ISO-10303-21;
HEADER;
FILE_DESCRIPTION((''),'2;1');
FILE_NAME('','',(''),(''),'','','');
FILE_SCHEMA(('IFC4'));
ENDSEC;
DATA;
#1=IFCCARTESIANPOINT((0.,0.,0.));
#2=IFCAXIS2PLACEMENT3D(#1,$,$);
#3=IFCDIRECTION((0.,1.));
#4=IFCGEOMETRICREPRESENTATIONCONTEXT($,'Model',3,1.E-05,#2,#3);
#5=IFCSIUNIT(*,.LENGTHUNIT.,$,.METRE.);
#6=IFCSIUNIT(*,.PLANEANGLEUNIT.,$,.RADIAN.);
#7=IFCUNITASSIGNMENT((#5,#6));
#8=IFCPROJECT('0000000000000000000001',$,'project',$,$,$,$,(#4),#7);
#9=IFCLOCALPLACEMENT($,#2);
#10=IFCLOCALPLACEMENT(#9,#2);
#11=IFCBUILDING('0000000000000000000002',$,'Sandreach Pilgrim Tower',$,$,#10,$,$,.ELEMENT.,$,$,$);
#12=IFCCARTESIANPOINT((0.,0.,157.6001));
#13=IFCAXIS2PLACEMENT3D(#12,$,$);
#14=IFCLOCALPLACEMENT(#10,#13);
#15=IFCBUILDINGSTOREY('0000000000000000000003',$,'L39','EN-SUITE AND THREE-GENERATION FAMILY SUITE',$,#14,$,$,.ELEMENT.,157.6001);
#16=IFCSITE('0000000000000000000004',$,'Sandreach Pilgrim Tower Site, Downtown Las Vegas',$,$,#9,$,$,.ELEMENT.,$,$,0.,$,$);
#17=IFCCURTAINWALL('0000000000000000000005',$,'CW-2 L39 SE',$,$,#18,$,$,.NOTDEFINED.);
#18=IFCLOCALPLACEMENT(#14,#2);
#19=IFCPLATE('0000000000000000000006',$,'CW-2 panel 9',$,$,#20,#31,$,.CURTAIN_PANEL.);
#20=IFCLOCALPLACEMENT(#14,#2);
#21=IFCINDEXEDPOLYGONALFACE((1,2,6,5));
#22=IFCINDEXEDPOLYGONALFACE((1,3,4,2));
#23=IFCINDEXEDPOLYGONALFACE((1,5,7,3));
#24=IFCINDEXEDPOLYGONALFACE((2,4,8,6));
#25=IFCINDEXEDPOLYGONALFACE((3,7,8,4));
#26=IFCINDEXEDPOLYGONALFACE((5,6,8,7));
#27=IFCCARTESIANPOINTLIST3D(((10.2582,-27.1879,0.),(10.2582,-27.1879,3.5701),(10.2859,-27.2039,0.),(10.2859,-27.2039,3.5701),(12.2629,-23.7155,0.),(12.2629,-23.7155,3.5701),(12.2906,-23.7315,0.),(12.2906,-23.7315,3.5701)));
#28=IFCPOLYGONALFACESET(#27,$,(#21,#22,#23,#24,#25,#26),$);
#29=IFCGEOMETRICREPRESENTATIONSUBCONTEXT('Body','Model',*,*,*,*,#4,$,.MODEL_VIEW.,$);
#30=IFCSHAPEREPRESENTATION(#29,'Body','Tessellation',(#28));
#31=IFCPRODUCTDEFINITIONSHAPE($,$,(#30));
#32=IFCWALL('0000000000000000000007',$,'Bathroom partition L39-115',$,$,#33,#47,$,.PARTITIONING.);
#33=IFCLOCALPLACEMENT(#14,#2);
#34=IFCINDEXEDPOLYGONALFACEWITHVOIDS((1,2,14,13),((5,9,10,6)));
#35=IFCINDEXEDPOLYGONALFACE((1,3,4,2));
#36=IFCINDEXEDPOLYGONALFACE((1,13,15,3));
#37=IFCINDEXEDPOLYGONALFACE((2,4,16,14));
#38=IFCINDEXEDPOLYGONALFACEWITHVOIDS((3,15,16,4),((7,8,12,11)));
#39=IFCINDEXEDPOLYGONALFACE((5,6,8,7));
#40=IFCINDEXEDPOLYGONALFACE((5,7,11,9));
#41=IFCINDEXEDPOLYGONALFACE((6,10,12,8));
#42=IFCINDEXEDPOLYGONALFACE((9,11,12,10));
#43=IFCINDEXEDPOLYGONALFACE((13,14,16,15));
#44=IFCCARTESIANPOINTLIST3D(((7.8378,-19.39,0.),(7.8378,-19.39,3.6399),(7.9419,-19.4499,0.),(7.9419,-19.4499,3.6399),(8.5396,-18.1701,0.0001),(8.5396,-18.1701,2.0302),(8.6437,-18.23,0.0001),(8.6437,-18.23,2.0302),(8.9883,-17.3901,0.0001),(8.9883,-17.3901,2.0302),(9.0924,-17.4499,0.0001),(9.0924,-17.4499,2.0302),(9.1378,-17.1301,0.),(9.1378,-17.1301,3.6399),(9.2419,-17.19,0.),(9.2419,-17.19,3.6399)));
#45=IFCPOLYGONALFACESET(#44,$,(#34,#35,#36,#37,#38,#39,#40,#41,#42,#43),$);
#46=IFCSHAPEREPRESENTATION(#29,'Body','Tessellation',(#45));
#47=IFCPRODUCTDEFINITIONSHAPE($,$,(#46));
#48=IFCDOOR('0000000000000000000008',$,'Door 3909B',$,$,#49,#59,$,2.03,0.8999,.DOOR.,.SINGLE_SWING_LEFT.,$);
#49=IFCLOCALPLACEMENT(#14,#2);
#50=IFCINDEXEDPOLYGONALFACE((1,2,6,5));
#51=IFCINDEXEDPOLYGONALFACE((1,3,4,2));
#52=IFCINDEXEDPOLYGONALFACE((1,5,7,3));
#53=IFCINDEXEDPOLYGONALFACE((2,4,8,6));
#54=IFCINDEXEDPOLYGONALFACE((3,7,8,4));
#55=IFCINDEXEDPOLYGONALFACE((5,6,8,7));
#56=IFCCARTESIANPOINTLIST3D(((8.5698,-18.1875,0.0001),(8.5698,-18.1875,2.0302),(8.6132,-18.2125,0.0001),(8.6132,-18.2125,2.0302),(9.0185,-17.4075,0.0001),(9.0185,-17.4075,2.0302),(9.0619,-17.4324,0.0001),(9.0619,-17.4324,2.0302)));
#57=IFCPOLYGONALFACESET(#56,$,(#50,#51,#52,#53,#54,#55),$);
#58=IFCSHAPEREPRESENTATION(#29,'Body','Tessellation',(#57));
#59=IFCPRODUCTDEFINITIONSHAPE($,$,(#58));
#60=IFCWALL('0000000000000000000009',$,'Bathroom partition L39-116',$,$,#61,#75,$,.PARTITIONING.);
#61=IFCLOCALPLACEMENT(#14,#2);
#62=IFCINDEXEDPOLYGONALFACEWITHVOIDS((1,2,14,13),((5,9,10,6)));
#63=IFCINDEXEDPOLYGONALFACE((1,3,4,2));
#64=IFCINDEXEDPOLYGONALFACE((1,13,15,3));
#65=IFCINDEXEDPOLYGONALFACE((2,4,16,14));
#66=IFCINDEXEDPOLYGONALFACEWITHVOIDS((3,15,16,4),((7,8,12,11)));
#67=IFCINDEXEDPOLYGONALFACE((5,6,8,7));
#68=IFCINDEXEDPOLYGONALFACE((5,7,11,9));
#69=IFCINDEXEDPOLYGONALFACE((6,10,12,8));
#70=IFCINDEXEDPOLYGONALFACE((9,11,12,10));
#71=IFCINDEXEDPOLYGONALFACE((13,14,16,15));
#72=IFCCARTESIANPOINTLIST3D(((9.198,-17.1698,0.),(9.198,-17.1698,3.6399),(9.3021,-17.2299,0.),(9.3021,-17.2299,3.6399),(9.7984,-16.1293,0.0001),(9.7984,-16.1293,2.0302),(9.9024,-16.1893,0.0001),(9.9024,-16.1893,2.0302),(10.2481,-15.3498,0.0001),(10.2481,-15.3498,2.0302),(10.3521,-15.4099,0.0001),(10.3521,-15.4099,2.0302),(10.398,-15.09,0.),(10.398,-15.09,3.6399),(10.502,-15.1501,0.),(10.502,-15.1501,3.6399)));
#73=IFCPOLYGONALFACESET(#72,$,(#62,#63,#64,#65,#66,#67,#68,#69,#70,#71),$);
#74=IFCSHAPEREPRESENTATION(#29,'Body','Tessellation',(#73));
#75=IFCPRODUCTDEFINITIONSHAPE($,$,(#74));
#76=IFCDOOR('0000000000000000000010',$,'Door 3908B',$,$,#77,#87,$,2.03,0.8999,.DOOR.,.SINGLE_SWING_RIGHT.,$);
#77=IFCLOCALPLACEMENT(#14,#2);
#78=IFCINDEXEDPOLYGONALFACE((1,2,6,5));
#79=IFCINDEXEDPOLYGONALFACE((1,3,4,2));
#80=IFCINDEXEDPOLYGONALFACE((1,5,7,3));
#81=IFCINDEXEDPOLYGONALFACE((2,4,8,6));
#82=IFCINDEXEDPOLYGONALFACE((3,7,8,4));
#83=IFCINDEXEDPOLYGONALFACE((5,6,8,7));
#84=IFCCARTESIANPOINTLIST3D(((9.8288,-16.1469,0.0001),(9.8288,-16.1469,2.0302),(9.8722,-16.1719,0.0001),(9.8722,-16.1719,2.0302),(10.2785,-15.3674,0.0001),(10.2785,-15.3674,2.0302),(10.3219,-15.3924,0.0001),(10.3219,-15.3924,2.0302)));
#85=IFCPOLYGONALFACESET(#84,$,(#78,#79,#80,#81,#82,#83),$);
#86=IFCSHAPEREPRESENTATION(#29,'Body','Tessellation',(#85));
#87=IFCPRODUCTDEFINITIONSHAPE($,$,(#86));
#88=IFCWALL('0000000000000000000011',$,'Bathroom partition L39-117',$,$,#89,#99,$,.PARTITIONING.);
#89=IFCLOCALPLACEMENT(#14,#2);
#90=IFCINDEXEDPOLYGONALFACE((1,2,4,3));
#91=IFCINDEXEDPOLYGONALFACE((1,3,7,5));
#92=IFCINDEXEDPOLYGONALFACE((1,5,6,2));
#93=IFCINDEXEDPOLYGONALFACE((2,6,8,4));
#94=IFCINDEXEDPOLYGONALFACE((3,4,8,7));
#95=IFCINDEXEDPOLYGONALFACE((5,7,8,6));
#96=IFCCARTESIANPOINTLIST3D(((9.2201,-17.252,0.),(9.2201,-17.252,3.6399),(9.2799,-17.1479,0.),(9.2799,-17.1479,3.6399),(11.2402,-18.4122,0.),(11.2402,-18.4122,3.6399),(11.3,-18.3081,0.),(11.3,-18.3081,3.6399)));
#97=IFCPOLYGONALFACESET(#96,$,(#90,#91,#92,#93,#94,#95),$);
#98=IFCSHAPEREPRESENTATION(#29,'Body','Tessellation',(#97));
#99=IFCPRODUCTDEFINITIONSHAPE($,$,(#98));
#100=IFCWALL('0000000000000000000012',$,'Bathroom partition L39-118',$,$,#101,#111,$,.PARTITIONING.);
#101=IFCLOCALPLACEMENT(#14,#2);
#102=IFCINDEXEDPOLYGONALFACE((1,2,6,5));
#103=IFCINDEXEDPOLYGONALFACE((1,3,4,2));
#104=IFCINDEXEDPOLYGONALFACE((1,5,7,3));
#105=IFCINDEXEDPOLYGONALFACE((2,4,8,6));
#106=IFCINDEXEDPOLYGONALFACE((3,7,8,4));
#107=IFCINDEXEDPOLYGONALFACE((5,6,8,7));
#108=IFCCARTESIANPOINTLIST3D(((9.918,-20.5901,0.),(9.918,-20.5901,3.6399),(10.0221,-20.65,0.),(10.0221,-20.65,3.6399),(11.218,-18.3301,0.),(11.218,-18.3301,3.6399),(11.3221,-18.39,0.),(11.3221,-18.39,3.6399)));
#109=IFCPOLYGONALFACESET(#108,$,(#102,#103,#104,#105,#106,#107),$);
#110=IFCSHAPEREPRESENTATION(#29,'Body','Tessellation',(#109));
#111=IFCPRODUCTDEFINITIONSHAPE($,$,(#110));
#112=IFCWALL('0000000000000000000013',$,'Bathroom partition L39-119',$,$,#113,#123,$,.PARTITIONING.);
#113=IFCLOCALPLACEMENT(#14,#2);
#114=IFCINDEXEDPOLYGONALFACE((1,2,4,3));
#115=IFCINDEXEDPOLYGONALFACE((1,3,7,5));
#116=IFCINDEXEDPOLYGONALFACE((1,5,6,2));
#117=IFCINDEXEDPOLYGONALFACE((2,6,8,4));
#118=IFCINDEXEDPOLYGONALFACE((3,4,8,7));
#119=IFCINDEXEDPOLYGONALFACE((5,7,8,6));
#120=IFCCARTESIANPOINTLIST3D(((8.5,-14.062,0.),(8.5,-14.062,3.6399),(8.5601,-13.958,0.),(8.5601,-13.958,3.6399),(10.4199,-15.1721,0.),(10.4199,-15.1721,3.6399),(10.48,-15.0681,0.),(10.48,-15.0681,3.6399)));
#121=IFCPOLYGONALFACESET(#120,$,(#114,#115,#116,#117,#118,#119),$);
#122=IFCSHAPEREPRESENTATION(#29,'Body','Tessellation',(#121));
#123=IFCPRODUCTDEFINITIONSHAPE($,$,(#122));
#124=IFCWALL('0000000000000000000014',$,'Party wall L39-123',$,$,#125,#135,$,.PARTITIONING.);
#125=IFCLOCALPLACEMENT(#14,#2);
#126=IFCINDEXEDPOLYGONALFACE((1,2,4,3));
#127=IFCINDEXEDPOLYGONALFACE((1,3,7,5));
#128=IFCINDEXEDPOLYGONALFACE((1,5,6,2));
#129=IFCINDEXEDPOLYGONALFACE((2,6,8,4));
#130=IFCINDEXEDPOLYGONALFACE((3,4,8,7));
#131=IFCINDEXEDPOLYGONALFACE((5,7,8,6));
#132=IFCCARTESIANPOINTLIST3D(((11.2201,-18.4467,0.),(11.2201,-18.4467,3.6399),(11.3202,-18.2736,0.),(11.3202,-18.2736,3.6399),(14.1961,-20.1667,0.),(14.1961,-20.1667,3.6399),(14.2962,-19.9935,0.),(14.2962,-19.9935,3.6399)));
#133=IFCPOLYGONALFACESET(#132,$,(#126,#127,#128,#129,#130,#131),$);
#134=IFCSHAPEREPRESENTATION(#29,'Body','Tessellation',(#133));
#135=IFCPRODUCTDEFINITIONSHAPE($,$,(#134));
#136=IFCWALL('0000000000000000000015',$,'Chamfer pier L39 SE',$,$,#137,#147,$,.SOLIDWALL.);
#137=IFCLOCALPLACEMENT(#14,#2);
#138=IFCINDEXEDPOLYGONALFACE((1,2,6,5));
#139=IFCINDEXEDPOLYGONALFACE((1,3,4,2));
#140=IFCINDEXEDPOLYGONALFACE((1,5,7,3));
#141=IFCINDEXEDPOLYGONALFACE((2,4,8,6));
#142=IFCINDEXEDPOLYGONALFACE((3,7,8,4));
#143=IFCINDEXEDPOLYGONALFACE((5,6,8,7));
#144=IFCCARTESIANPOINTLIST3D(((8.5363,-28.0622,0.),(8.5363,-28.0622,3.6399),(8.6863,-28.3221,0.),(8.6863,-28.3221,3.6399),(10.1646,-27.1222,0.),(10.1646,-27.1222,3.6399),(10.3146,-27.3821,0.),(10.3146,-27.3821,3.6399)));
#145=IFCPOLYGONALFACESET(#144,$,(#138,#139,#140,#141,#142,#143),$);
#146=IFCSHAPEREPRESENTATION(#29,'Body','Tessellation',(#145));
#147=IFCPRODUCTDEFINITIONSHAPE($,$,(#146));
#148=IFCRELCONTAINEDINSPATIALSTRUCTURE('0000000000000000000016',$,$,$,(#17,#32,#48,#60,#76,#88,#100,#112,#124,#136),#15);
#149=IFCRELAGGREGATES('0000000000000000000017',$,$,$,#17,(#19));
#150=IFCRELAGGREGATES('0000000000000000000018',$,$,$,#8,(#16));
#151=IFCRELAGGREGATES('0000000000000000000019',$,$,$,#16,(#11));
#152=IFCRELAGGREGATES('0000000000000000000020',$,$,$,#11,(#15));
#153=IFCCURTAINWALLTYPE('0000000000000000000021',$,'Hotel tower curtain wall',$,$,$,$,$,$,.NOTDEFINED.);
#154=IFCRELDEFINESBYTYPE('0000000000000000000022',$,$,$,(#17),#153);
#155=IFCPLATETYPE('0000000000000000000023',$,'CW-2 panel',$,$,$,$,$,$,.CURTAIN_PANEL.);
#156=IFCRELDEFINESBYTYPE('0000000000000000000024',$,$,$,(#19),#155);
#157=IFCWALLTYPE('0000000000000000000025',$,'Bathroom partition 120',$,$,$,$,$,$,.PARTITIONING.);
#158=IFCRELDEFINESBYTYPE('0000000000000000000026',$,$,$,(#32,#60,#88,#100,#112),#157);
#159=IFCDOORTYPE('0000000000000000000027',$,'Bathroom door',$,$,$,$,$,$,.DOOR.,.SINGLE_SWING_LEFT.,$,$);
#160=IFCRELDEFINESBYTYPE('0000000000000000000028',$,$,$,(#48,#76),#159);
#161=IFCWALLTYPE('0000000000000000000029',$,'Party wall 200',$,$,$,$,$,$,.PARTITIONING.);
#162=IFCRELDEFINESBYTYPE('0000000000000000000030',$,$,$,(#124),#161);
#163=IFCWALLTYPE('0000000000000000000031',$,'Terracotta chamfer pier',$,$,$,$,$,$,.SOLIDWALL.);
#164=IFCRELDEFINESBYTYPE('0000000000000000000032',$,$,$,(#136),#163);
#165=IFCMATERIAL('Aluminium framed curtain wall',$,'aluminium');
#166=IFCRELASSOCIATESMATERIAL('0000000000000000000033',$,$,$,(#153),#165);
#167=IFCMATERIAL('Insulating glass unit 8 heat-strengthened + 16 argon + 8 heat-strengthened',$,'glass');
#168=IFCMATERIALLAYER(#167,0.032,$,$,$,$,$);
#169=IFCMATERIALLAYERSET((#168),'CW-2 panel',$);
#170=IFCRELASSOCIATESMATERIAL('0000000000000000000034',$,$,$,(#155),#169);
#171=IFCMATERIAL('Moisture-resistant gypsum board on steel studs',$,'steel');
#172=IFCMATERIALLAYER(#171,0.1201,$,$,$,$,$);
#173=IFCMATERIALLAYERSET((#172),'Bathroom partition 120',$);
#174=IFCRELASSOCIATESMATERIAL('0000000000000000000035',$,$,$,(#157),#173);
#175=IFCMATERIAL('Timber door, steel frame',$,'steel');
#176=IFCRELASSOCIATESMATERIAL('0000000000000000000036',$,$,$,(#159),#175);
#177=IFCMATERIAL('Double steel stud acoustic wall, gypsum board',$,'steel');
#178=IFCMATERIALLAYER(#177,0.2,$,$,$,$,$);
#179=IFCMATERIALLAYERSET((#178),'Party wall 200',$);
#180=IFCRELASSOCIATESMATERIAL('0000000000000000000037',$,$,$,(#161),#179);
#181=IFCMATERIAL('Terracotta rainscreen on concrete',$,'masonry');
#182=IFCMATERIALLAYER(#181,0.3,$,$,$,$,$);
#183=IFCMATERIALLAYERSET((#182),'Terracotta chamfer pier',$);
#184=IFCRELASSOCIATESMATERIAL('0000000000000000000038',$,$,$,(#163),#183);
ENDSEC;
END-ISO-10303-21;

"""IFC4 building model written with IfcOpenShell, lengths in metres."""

from ifc_helpers import new_model, si_unit, direction, frame, frame_2d, origin, origin_2d, place, context, subcontext, project, spatial, rectangle, extrude, material, layer, layer_set, type_object, element, fill, aggregate, save


model = new_model("IFC4")

# Units and contexts
model_context = context("Model", 3, precision=1e-05, world=origin(), true_north=direction((0.0, 1.0)))
body_context = subcontext(model_context, "Body", "Model", "MODEL_VIEW")
ifc_project = project(units=[si_unit("LENGTHUNIT", "METRE"), si_unit("PLANEANGLEUNIT", "RADIAN")], contexts=[model_context])

# Site, building, storey
site_placement = place(None, origin())
site = spatial("IfcSite", under=ifc_project, at=site_placement, Name="Sandreach Pilgrim Tower Site, Downtown Las Vegas", CompositionType="ELEMENT", RefElevation=0.0)
building_placement = place(site_placement, origin())
building = spatial("IfcBuilding", under=site, at=building_placement, Name="Sandreach Pilgrim Tower", CompositionType="ELEMENT")
storey_placement = place(building_placement, frame((0.0, 0.0, 157.6001)))
storey = spatial("IfcBuildingStorey", under=building, at=storey_placement, Name="L39", Description="EN-SUITE AND THREE-GENERATION FAMILY SUITE", CompositionType="ELEMENT", Elevation=157.6001)

# Curtain wall
ifc_material_1 = material(Name="Aluminium framed curtain wall", Category="aluminium")
curtain_wall_type = type_object("IfcCurtainWallType", Name="Hotel tower curtain wall", PredefinedType="NOTDEFINED", material=ifc_material_1)
curtain_wall_1_placement = place(storey_placement, origin())
curtain_wall_1 = element("IfcCurtainWall", 1, at=curtain_wall_1_placement, inside=storey, type_object=curtain_wall_type, Name="CW-2 L39 SE", PredefinedType="NOTDEFINED")

# Plate
ifc_material_2 = material(Name="Insulating glass unit 8 heat-strengthened + 16 argon + 8 heat-strengthened", Category="glass")
ifc_layer_1 = layer(ifc_material_2, 0.032)
ifc_layer_set_1 = layer_set([ifc_layer_1], Name="CW-2 panel")
plate_type = type_object("IfcPlateType", Name="CW-2 panel", PredefinedType="CURTAIN_PANEL", material=ifc_layer_set_1)
plate_1_placement = place(storey_placement, frame((11.2744, -25.4597, 0.0), z_axis=(0.0, 0.0, 1.0), x_axis=(-0.5, -0.866025, 0.0)))
plate_1 = element("IfcPlate", 2, at=plate_1_placement, type_object=plate_type, Name="CW-2 panel 9", PredefinedType="CURTAIN_PANEL", context=body_context, shape_type="SweptSolid", body=[
    extrude(rectangle(XDim=4.0095, YDim=0.032, at=origin_2d()), origin(), (0.0, 0.0, 1.0), 3.5701),
])
aggregate(curtain_wall_1, [plate_1])

# Walls, openings, doors
ifc_material_3 = material(Name="Moisture-resistant gypsum board on steel studs", Category="steel")
ifc_layer_2 = layer(ifc_material_3, 0.1201)
ifc_layer_set_2 = layer_set([ifc_layer_2], Name="Bathroom partition 120")
wall_type_1 = type_object("IfcWallType", Name="Bathroom partition 120", PredefinedType="PARTITIONING", material=ifc_layer_set_2)
wall_1_placement = place(storey_placement, frame((9.1899, -17.1599, 0.0), z_axis=(0.0, 0.0, 1.0), x_axis=(-0.498628, -0.866816, 0.0)))
wall_1 = element("IfcWall", 3, at=wall_1_placement, inside=storey, type_object=wall_type_1, Name="Bathroom partition L39-115", PredefinedType="PARTITIONING", context=body_context, shape_type="SweptSolid", body=[
    extrude(rectangle(XDim=2.6072, YDim=0.1201, at=frame_2d((1.3037, 0.0))), origin(), (0.0, 0.0, 1.0), 3.6399),
])
opening_1_placement = place(wall_1_placement, frame((0.3, 0.0, 0.0)))
opening_1 = element("IfcOpeningElement", 4, at=opening_1_placement, cuts=wall_1, PredefinedType="OPENING", context=body_context, shape_type="SweptSolid", body=[
    extrude(rectangle(XDim=0.8999, YDim=2.03, at=frame_2d((0.45, 1.0151))), frame((0.0, 0.0601, 0.0), z_axis=(0.0, -1.0, 0.0), x_axis=(1.0, 0.0, 0.0)), (0.0, 0.0, 1.0), 0.1201),
])
ifc_material_4 = material(Name="Timber door, steel frame", Category="steel")
door_type = type_object("IfcDoorType", Name="Bathroom door", OperationType="SINGLE_SWING_LEFT", PredefinedType="DOOR", material=ifc_material_4)
door_1_placement = place(opening_1_placement, origin())
door_1 = element("IfcDoor", 5, at=door_1_placement, inside=storey, type_object=door_type, Name="Door 3909B", OperationType="SINGLE_SWING_LEFT", OverallHeight=2.03, OverallWidth=0.8999, PredefinedType="DOOR", context=body_context, shape_type="SweptSolid", body=[
    extrude(rectangle(XDim=0.8999, YDim=2.03, at=frame_2d((0.45, 1.0151))), frame((0.0, 0.0249, 0.0), z_axis=(0.0, -1.0, 0.0), x_axis=(1.0, 0.0, 0.0)), (0.0, 0.0, 1.0), 0.05),
])
fill(opening_1, door_1)
wall_2_placement = place(storey_placement, frame((9.25, -17.2, 0.0), z_axis=(0.0, 0.0, 1.0), x_axis=(0.499737, 0.866177, 0.0)))
wall_2 = element("IfcWall", 6, at=wall_2_placement, inside=storey, type_object=wall_type_1, Name="Bathroom partition L39-116", PredefinedType="PARTITIONING", context=body_context, shape_type="SweptSolid", body=[
    extrude(rectangle(XDim=2.4011, YDim=0.1201, at=frame_2d((1.2007, 0.0))), origin(), (0.0, 0.0, 1.0), 3.6399),
])
opening_2_placement = place(wall_2_placement, frame((1.2014, 0.0, 0.0)))
opening_2 = element("IfcOpeningElement", 7, at=opening_2_placement, cuts=wall_2, PredefinedType="OPENING", context=body_context, shape_type="SweptSolid", body=[
    extrude(rectangle(XDim=0.8999, YDim=2.03, at=frame_2d((0.45, 1.0151))), frame((0.0, 0.0601, 0.0), z_axis=(0.0, -1.0, 0.0), x_axis=(1.0, 0.0, 0.0)), (0.0, 0.0, 1.0), 0.1201),
])
door_2_placement = place(opening_2_placement, origin())
door_2 = element("IfcDoor", 8, at=door_2_placement, inside=storey, type_object=door_type, Name="Door 3908B", OperationType="SINGLE_SWING_RIGHT", OverallHeight=2.03, OverallWidth=0.8999, PredefinedType="DOOR", context=body_context, shape_type="SweptSolid", body=[
    extrude(rectangle(XDim=0.8999, YDim=2.03, at=frame_2d((0.45, 1.0151))), frame((0.0, 0.0249, 0.0), z_axis=(0.0, -1.0, 0.0), x_axis=(1.0, 0.0, 0.0)), (0.0, 0.0, 1.0), 0.05),
])
fill(opening_2, door_2)

# Walls
wall_3_placement = place(storey_placement, frame((9.25, -17.2, 0.0), z_axis=(0.0, 0.0, 1.0), x_axis=(0.867158, -0.498034, 0.0)))
element("IfcWall", 9, at=wall_3_placement, inside=storey, type_object=wall_type_1, Name="Bathroom partition L39-117", PredefinedType="PARTITIONING", context=body_context, shape_type="SweptSolid", body=[
    extrude(rectangle(XDim=2.3296, YDim=0.1201, at=frame_2d((1.1648, 0.0))), origin(), (0.0, 0.0, 1.0), 3.6399),
])
wall_4_placement = place(storey_placement, frame((9.97, -20.6201, 0.0), z_axis=(0.0, 0.0, 1.0), x_axis=(0.498628, 0.866816, 0.0)))
element("IfcWall", 10, at=wall_4_placement, inside=storey, type_object=wall_type_1, Name="Bathroom partition L39-118", PredefinedType="PARTITIONING", context=body_context, shape_type="SweptSolid", body=[
    extrude(rectangle(XDim=2.6072, YDim=0.1201, at=frame_2d((1.3037, 0.0))), origin(), (0.0, 0.0, 1.0), 3.6399),
])
wall_5_placement = place(storey_placement, frame((10.45, -15.1201, 0.0), z_axis=(0.0, 0.0, 1.0), x_axis=(-0.865705, 0.500555, 0.0)))
element("IfcWall", 11, at=wall_5_placement, inside=storey, type_object=wall_type_1, Name="Bathroom partition L39-119", PredefinedType="PARTITIONING", context=body_context, shape_type="SweptSolid", body=[
    extrude(rectangle(XDim=2.2178, YDim=0.1201, at=frame_2d((1.1089, 0.0))), origin(), (0.0, 0.0, 1.0), 3.6399),
])
ifc_material_5 = material(Name="Double steel stud acoustic wall, gypsum board", Category="steel")
ifc_layer_3 = layer(ifc_material_5, 0.2)
ifc_layer_set_3 = layer_set([ifc_layer_3], Name="Party wall 200")
wall_type_2 = type_object("IfcWallType", Name="Party wall 200", PredefinedType="PARTITIONING", material=ifc_layer_set_3)
wall_6_placement = place(storey_placement, frame((11.27, -18.3601, 0.0), z_axis=(0.0, 0.0, 1.0), x_axis=(0.865807, -0.500378, 0.0)))
element("IfcWall", 12, at=wall_6_placement, inside=storey, type_object=wall_type_2, Name="Party wall L39-123", PredefinedType="PARTITIONING", context=body_context, shape_type="SweptSolid", body=[
    extrude(rectangle(XDim=3.4373, YDim=0.2, at=frame_2d((1.7188, 0.0))), origin(), (0.0, 0.0, 1.0), 3.6399),
])
ifc_material_6 = material(Name="Terracotta rainscreen on concrete", Category="masonry")
ifc_layer_4 = layer(ifc_material_6, 0.3)
ifc_layer_set_4 = layer_set([ifc_layer_4], Name="Terracotta chamfer pier")
wall_type_3 = type_object("IfcWallType", Name="Terracotta chamfer pier", PredefinedType="SOLIDWALL", material=ifc_layer_set_4)
wall_7_placement = place(storey_placement, frame((10.2395, -27.2522, 0.0), z_axis=(0.0, 0.0, 1.0), x_axis=(-0.866045, -0.499966, 0.0)))
element("IfcWall", 13, at=wall_7_placement, inside=storey, type_object=wall_type_3, Name="Chamfer pier L39 SE", PredefinedType="SOLIDWALL", context=body_context, shape_type="SweptSolid", body=[
    extrude(rectangle(XDim=1.8801, YDim=0.3, at=frame_2d((0.9399, 0.0))), origin(), (0.0, 0.0, 1.0), 3.6399),
])

save(model, "model.ifc")
